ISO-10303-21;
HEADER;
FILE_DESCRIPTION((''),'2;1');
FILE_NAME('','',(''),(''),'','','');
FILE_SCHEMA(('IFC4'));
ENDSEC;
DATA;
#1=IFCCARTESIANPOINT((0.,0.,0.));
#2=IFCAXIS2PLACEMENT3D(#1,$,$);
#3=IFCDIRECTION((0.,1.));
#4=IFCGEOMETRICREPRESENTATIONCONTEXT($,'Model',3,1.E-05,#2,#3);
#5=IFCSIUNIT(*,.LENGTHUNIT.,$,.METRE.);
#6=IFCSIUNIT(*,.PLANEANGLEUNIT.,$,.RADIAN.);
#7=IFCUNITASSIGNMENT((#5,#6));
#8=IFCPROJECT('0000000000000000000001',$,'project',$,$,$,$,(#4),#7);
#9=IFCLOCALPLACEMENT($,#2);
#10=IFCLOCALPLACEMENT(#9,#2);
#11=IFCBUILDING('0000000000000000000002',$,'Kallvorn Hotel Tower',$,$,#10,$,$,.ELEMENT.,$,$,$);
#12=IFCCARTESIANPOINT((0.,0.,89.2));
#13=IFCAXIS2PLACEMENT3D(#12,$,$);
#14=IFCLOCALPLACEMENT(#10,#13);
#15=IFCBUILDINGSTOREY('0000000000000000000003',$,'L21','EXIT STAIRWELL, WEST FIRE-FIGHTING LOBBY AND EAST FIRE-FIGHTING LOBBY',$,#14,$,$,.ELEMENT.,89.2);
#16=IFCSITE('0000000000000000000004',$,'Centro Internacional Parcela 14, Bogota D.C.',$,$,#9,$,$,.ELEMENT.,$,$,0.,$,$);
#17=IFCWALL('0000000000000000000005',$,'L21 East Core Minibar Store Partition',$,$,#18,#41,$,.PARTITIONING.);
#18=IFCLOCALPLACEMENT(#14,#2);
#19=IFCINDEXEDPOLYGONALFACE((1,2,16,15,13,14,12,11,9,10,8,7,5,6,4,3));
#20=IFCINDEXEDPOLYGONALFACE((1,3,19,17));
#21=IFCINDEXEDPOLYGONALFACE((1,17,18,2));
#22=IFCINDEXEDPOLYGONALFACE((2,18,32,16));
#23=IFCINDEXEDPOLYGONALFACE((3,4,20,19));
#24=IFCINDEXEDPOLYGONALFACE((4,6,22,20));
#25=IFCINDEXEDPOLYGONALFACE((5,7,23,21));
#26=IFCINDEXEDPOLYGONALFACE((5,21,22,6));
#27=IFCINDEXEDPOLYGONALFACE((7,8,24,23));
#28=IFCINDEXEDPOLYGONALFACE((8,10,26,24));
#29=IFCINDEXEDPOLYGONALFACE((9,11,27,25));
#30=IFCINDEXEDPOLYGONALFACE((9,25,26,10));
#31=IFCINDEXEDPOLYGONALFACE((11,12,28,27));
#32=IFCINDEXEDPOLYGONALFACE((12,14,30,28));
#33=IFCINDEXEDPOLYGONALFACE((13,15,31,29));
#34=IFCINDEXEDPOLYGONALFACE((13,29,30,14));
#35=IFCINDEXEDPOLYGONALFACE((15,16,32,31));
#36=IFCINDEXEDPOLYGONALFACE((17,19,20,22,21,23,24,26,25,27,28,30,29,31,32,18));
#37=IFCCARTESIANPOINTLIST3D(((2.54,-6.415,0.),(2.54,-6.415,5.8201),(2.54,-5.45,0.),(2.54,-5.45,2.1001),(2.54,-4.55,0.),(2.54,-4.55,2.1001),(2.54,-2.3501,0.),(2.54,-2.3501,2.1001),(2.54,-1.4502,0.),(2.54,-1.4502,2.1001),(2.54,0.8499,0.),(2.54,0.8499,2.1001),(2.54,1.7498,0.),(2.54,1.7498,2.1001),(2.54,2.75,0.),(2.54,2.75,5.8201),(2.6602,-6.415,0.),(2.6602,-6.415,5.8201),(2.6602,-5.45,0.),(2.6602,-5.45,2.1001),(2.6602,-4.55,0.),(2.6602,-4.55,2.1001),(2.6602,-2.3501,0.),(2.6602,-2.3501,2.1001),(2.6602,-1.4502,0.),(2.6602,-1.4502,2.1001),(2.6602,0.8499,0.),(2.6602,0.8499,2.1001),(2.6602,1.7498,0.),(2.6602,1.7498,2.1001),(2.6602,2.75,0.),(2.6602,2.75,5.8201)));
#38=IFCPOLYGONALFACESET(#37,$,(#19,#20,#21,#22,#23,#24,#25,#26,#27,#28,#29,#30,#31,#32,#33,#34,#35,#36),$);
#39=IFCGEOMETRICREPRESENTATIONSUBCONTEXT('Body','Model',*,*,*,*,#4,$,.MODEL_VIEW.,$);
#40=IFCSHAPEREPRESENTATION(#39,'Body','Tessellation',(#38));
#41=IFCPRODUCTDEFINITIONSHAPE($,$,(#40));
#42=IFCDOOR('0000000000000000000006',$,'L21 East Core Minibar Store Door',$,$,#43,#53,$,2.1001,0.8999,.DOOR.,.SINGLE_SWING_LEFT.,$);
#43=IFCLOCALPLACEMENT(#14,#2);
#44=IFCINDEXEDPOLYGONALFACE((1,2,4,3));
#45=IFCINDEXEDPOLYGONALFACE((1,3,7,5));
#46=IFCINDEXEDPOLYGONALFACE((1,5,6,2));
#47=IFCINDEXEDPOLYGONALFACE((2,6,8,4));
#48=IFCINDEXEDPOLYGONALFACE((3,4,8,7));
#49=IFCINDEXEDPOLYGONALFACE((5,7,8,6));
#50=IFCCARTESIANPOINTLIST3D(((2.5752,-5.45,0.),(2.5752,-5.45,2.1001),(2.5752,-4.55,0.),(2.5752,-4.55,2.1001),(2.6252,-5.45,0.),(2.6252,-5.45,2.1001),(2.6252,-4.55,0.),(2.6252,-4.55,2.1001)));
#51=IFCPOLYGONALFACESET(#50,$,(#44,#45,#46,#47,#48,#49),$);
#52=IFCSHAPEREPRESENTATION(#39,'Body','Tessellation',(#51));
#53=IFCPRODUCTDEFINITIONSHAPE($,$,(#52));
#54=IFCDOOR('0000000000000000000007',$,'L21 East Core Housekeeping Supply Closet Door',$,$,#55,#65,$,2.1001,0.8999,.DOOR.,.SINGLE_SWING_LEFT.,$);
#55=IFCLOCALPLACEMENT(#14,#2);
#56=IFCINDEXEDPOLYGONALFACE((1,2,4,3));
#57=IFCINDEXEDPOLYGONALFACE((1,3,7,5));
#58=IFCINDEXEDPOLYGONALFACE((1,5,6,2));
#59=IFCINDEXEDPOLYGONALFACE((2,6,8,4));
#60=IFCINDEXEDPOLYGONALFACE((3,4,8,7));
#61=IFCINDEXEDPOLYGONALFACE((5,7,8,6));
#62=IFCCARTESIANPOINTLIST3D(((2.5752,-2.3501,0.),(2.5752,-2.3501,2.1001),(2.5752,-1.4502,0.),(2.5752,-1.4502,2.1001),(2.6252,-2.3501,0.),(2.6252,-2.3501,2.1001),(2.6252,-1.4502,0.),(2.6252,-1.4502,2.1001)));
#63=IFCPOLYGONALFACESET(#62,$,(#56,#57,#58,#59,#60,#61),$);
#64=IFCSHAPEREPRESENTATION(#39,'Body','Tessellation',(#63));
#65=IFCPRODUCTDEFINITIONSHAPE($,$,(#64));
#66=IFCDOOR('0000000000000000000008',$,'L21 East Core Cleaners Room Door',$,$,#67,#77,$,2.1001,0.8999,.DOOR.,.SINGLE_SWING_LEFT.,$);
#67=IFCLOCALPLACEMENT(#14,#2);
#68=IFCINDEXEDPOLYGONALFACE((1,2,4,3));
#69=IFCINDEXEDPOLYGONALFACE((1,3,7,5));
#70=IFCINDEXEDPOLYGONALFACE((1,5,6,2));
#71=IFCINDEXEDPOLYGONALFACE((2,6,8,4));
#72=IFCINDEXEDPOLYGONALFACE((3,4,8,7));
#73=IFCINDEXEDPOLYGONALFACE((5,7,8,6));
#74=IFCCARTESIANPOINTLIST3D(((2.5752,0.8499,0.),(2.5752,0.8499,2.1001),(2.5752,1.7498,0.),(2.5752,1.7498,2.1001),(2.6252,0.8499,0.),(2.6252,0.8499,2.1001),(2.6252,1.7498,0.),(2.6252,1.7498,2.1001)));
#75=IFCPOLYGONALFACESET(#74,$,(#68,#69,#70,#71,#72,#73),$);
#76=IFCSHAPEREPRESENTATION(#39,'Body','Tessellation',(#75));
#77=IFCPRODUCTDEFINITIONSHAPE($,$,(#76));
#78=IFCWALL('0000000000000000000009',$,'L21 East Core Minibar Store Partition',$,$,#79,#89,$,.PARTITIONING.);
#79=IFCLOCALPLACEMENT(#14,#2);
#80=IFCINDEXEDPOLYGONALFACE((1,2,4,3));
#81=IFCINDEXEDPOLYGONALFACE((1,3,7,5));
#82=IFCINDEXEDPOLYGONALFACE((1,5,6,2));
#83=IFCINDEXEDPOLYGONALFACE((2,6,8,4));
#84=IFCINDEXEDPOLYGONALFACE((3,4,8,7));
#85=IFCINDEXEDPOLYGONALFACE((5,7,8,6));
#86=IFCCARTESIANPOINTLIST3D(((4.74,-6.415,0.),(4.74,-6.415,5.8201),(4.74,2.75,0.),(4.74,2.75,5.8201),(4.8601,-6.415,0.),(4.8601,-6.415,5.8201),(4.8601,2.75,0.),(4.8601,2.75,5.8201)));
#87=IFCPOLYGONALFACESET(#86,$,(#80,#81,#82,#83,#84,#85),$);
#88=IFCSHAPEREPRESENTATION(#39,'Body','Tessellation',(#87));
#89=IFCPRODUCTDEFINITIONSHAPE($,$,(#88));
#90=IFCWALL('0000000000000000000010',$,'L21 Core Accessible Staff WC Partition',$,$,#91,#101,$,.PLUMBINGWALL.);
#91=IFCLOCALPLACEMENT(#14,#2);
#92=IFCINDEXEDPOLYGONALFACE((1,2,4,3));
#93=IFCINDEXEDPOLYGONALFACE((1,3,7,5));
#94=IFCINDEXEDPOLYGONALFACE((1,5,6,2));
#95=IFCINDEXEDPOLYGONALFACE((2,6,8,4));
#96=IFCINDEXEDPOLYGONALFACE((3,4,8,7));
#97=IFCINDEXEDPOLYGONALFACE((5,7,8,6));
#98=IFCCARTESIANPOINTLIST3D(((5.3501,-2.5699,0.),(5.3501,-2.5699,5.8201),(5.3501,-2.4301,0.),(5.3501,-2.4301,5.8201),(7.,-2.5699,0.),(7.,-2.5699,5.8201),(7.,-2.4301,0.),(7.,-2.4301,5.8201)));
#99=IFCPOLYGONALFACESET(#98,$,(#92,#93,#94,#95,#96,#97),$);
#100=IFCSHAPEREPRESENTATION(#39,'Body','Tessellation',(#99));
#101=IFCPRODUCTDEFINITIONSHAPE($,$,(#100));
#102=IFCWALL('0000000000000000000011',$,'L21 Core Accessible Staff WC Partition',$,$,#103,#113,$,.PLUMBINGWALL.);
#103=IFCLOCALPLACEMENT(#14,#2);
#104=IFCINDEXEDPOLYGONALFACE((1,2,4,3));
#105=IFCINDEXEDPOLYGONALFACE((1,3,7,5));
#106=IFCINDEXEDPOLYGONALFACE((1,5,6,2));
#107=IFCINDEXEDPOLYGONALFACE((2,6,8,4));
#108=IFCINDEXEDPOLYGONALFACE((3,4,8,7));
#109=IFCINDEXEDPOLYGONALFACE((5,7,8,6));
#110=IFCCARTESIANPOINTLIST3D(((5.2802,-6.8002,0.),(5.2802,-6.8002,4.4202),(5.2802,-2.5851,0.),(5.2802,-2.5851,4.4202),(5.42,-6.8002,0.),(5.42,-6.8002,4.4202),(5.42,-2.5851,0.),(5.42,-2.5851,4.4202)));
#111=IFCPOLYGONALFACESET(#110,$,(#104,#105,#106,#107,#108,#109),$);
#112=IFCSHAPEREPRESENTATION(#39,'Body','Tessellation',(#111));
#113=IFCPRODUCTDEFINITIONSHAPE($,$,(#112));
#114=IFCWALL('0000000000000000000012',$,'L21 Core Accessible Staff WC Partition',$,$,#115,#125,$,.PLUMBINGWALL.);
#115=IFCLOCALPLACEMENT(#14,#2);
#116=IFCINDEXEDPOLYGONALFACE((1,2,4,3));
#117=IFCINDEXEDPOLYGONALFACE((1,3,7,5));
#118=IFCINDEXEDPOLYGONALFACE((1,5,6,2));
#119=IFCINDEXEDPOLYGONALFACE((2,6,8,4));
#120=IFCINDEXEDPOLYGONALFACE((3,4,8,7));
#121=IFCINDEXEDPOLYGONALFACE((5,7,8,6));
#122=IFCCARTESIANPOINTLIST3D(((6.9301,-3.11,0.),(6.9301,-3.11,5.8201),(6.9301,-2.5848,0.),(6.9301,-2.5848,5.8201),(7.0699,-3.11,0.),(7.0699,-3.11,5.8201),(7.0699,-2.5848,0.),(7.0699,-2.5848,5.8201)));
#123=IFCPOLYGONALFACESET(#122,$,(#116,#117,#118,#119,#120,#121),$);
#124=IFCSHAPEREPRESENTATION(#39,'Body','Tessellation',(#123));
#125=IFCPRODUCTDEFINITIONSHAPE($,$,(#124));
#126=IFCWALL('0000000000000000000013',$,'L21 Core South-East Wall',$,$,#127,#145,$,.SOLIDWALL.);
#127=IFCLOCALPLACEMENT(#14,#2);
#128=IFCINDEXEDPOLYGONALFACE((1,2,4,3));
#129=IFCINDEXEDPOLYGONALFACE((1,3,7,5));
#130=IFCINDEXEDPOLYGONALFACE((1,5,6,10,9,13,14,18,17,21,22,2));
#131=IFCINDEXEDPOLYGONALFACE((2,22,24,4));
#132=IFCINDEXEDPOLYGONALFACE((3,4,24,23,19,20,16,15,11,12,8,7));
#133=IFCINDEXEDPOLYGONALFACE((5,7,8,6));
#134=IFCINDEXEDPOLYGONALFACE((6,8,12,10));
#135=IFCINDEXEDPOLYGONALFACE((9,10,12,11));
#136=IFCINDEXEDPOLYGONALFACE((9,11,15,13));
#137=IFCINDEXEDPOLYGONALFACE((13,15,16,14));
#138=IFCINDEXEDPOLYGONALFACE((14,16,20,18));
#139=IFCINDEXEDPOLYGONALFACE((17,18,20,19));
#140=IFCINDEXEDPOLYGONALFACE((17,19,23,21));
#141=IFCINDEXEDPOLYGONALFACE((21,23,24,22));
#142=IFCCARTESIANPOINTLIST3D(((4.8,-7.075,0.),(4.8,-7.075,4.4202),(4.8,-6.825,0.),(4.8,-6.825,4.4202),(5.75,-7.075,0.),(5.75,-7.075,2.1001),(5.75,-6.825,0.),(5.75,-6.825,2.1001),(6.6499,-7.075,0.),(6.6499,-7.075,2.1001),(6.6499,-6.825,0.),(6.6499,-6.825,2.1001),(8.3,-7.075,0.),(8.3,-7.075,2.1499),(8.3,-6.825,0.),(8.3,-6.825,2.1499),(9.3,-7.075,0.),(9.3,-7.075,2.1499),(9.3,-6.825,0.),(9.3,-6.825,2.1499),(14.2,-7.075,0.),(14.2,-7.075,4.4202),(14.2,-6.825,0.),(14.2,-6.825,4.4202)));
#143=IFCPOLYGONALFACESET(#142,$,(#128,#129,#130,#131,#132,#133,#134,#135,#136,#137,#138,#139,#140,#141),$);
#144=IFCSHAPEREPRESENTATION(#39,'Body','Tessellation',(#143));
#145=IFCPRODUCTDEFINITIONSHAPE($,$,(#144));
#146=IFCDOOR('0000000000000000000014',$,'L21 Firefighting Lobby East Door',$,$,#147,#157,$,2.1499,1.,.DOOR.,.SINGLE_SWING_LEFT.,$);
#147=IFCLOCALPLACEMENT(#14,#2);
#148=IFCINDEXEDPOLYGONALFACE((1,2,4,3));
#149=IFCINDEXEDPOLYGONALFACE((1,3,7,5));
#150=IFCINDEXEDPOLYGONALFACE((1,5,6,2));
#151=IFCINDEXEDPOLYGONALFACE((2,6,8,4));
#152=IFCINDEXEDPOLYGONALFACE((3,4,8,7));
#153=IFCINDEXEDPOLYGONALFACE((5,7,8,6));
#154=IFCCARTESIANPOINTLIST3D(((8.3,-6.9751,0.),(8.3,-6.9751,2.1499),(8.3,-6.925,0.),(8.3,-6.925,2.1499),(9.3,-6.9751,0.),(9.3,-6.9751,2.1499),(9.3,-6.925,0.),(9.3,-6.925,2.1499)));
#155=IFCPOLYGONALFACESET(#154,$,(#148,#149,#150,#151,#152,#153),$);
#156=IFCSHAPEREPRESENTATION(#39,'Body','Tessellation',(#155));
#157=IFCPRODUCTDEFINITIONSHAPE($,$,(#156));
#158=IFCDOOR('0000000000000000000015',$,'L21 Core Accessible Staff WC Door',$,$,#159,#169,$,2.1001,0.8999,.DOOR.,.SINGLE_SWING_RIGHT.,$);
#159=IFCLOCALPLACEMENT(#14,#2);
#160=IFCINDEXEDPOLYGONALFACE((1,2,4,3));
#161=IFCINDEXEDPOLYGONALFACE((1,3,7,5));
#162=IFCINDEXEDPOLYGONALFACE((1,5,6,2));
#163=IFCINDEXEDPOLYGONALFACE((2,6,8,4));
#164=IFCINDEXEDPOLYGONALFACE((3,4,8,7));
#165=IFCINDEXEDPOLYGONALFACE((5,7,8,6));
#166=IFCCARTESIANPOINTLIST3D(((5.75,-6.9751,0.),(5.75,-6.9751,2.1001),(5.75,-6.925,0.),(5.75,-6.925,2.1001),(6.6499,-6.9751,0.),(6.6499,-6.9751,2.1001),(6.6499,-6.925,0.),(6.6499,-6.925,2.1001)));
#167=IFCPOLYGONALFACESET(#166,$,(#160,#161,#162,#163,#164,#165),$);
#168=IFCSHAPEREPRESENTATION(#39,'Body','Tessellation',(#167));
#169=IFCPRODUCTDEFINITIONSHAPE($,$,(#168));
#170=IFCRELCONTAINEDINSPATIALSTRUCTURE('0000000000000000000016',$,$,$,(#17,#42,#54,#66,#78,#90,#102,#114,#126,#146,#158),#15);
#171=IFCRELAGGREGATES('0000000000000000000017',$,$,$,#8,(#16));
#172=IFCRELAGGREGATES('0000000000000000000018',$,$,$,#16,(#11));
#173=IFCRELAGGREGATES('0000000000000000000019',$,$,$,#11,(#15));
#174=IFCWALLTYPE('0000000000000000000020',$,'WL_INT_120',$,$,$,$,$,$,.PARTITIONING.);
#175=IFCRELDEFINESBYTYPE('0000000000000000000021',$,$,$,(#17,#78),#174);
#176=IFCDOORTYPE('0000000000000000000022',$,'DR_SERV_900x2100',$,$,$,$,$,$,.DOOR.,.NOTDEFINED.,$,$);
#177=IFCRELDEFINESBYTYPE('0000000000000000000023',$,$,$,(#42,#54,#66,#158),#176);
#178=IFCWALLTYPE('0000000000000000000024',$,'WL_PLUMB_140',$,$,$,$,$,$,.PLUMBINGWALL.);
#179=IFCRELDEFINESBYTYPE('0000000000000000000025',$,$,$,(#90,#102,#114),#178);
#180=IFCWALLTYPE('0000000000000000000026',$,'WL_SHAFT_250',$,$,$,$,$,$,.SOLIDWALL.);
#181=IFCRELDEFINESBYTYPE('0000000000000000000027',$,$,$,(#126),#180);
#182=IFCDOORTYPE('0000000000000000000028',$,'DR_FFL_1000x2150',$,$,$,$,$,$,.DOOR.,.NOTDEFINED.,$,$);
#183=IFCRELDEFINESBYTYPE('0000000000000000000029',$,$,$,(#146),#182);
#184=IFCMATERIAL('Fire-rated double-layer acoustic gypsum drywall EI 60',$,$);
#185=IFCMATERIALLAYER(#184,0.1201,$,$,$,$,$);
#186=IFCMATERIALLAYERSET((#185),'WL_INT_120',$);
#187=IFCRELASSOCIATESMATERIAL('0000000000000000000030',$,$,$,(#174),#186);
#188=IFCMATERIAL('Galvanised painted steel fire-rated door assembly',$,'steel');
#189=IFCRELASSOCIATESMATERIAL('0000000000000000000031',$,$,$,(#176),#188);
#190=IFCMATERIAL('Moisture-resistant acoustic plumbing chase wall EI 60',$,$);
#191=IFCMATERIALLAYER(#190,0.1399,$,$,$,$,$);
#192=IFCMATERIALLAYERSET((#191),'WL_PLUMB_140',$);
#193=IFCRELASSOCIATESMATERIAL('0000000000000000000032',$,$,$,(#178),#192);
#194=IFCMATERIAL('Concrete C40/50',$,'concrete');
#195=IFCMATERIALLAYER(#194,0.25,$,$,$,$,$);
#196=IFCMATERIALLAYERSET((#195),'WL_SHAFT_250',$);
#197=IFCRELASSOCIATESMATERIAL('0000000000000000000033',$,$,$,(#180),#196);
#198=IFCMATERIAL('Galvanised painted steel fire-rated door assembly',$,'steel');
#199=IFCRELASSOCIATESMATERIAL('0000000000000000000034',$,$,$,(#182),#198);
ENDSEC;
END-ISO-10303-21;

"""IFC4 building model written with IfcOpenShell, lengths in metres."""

from ifc_helpers import new_model, si_unit, direction, frame, frame_2d, origin, place, context, subcontext, project, spatial, rectangle, extrude, material, layer, layer_set, type_object, element, fill, save


model = new_model("IFC4")

# Units and contexts
model_context = context("Model", 3, precision=1e-05, world=origin(), true_north=direction((0.0, 1.0)))
body_context = subcontext(model_context, "Body", "Model", "MODEL_VIEW")
ifc_project = project(units=[si_unit("LENGTHUNIT", "METRE"), si_unit("PLANEANGLEUNIT", "RADIAN")], contexts=[model_context])

# Site, building, storey
site_placement = place(None, origin())
site = spatial("IfcSite", under=ifc_project, at=site_placement, Name="Centro Internacional Parcela 14, Bogota D.C.", CompositionType="ELEMENT", RefElevation=0.0)
building_placement = place(site_placement, origin())
building = spatial("IfcBuilding", under=site, at=building_placement, Name="Kallvorn Hotel Tower", CompositionType="ELEMENT")
storey_placement = place(building_placement, frame((0.0, 0.0, 89.2)))
storey = spatial("IfcBuildingStorey", under=building, at=storey_placement, Name="L21", Description="EXIT STAIRWELL, WEST FIRE-FIGHTING LOBBY AND EAST FIRE-FIGHTING LOBBY", CompositionType="ELEMENT", Elevation=89.2)

# Shared definitions
ifc_material_1 = material(Name="Fire-rated double-layer acoustic gypsum drywall EI 60")
ifc_layer_1 = layer(ifc_material_1, 0.1201)
ifc_layer_set_1 = layer_set([ifc_layer_1], Name="WL_INT_120")
wall_type_1 = type_object("IfcWallType", Name="WL_INT_120", PredefinedType="PARTITIONING", material=ifc_layer_set_1)

# Wall, openings, doors
wall_1_placement = place(storey_placement, frame((2.6001, -6.415, 0.0), z_axis=(0.0, 0.0, 1.0), x_axis=(0.0, 1.0, 0.0)))
wall_1 = element("IfcWall", 1, at=wall_1_placement, inside=storey, type_object=wall_type_1, Name="L21 East Core Minibar Store Partition", PredefinedType="PARTITIONING", context=body_context, shape_type="SweptSolid", body=[
    extrude(rectangle(XDim=9.165, YDim=0.1201, at=frame_2d((4.5825, 0.0))), origin(), (0.0, 0.0, 1.0), 5.8201),
])
opening_1_placement = place(wall_1_placement, frame((0.9651, 0.0, 0.0)))
opening_1 = element("IfcOpeningElement", 2, at=opening_1_placement, cuts=wall_1, PredefinedType="OPENING", context=body_context, shape_type="SweptSolid", body=[
    extrude(rectangle(XDim=0.8999, YDim=2.1001, at=frame_2d((0.45, 1.05))), frame((0.0, 0.075, 0.0), z_axis=(0.0, -1.0, 0.0), x_axis=(1.0, 0.0, 0.0)), (0.0, 0.0, 1.0), 0.1501),
])
opening_2_placement = place(wall_1_placement, frame((4.0649, 0.0, 0.0)))
opening_2 = element("IfcOpeningElement", 3, at=opening_2_placement, cuts=wall_1, PredefinedType="OPENING", context=body_context, shape_type="SweptSolid", body=[
    extrude(rectangle(XDim=0.8999, YDim=2.1001, at=frame_2d((0.45, 1.05))), frame((0.0, 0.075, 0.0), z_axis=(0.0, -1.0, 0.0), x_axis=(1.0, 0.0, 0.0)), (0.0, 0.0, 1.0), 0.1501),
])
opening_3_placement = place(wall_1_placement, frame((7.2649, 0.0, 0.0)))
opening_3 = element("IfcOpeningElement", 4, at=opening_3_placement, cuts=wall_1, PredefinedType="OPENING", context=body_context, shape_type="SweptSolid", body=[
    extrude(rectangle(XDim=0.8999, YDim=2.1001, at=frame_2d((0.45, 1.05))), frame((0.0, 0.075, 0.0), z_axis=(0.0, -1.0, 0.0), x_axis=(1.0, 0.0, 0.0)), (0.0, 0.0, 1.0), 0.1501),
])
ifc_material_2 = material(Name="Galvanised painted steel fire-rated door assembly", Category="steel")
door_type_1 = type_object("IfcDoorType", Name="DR_SERV_900x2100", OperationType="NOTDEFINED", PredefinedType="DOOR", material=ifc_material_2)
door_1_placement = place(opening_1_placement, origin())
door_1 = element("IfcDoor", 5, at=door_1_placement, inside=storey, type_object=door_type_1, Name="L21 East Core Minibar Store Door", OperationType="SINGLE_SWING_LEFT", OverallHeight=2.1001, OverallWidth=0.8999, PredefinedType="DOOR", context=body_context, shape_type="SweptSolid", body=[
    extrude(rectangle(XDim=0.8999, YDim=2.1001, at=frame_2d((0.45, 1.05))), frame((0.0, 0.0249, 0.0), z_axis=(0.0, -1.0, 0.0), x_axis=(1.0, 0.0, 0.0)), (0.0, 0.0, 1.0), 0.05),
])
fill(opening_1, door_1)
door_2_placement = place(opening_2_placement, origin())
door_2 = element("IfcDoor", 6, at=door_2_placement, inside=storey, type_object=door_type_1, Name="L21 East Core Housekeeping Supply Closet Door", OperationType="SINGLE_SWING_LEFT", OverallHeight=2.1001, OverallWidth=0.8999, PredefinedType="DOOR", context=body_context, shape_type="SweptSolid", body=[
    extrude(rectangle(XDim=0.8999, YDim=2.1001, at=frame_2d((0.45, 1.05))), frame((0.0, 0.0249, 0.0), z_axis=(0.0, -1.0, 0.0), x_axis=(1.0, 0.0, 0.0)), (0.0, 0.0, 1.0), 0.05),
])
fill(opening_2, door_2)
door_3_placement = place(opening_3_placement, origin())
door_3 = element("IfcDoor", 7, at=door_3_placement, inside=storey, type_object=door_type_1, Name="L21 East Core Cleaners Room Door", OperationType="SINGLE_SWING_LEFT", OverallHeight=2.1001, OverallWidth=0.8999, PredefinedType="DOOR", context=body_context, shape_type="SweptSolid", body=[
    extrude(rectangle(XDim=0.8999, YDim=2.1001, at=frame_2d((0.45, 1.05))), frame((0.0, 0.0249, 0.0), z_axis=(0.0, -1.0, 0.0), x_axis=(1.0, 0.0, 0.0)), (0.0, 0.0, 1.0), 0.05),
])
fill(opening_3, door_3)

# Walls
wall_2_placement = place(storey_placement, frame((4.8, -6.415, 0.0), z_axis=(0.0, 0.0, 1.0), x_axis=(0.0, 1.0, 0.0)))
element("IfcWall", 8, at=wall_2_placement, inside=storey, type_object=wall_type_1, Name="L21 East Core Minibar Store Partition", PredefinedType="PARTITIONING", context=body_context, shape_type="SweptSolid", body=[
    extrude(rectangle(XDim=9.165, YDim=0.1201, at=frame_2d((4.5825, 0.0))), origin(), (0.0, 0.0, 1.0), 5.8201),
])
ifc_material_3 = material(Name="Moisture-resistant acoustic plumbing chase wall EI 60")
ifc_layer_2 = layer(ifc_material_3, 0.1399)
ifc_layer_set_2 = layer_set([ifc_layer_2], Name="WL_PLUMB_140")
wall_type_2 = type_object("IfcWallType", Name="WL_PLUMB_140", PredefinedType="PLUMBINGWALL", material=ifc_layer_set_2)
wall_3_placement = place(storey_placement, frame((5.3501, -2.5, 0.0), z_axis=(0.0, 0.0, 1.0), x_axis=(1.0, 0.0, 0.0)))
element("IfcWall", 9, at=wall_3_placement, inside=storey, type_object=wall_type_2, Name="L21 Core Accessible Staff WC Partition", PredefinedType="PLUMBINGWALL", context=body_context, shape_type="SweptSolid", body=[
    extrude(rectangle(XDim=1.6499, YDim=0.1399, at=frame_2d((0.825, 0.0))), origin(), (0.0, 0.0, 1.0), 5.8201),
])
wall_4_placement = place(storey_placement, frame((5.3501, -6.8, 0.0), z_axis=(0.0, 0.0, 1.0), x_axis=(0.0, 1.0, 0.0)))
element("IfcWall", 10, at=wall_4_placement, inside=storey, type_object=wall_type_2, Name="L21 Core Accessible Staff WC Partition", PredefinedType="PLUMBINGWALL", context=body_context, shape_type="SweptSolid", body=[
    extrude(rectangle(XDim=4.2151, YDim=0.1399, at=frame_2d((2.1074, 0.0))), origin(), (0.0, 0.0, 1.0), 4.4202),
])
wall_5_placement = place(storey_placement, frame((7.0, -3.1101, 0.0), z_axis=(0.0, 0.0, 1.0), x_axis=(0.0, 1.0, 0.0)))
element("IfcWall", 11, at=wall_5_placement, inside=storey, type_object=wall_type_2, Name="L21 Core Accessible Staff WC Partition", PredefinedType="PLUMBINGWALL", context=body_context, shape_type="SweptSolid", body=[
    extrude(rectangle(XDim=0.5251, YDim=0.1399, at=frame_2d((0.2627, 0.0))), origin(), (0.0, 0.0, 1.0), 5.8201),
])

# Wall, openings, doors
ifc_material_4 = material(Name="Concrete C40/50", Category="concrete")
ifc_layer_3 = layer(ifc_material_4, 0.25)
ifc_layer_set_3 = layer_set([ifc_layer_3], Name="WL_SHAFT_250")
wall_type_3 = type_object("IfcWallType", Name="WL_SHAFT_250", PredefinedType="SOLIDWALL", material=ifc_layer_set_3)
wall_6_placement = place(storey_placement, frame((4.8, -6.95, 0.0), z_axis=(0.0, 0.0, 1.0), x_axis=(1.0, 0.0, 0.0)))
wall_6 = element("IfcWall", 12, at=wall_6_placement, inside=storey, type_object=wall_type_3, Name="L21 Core South-East Wall", PredefinedType="SOLIDWALL", context=body_context, shape_type="SweptSolid", body=[
    extrude(rectangle(XDim=9.3999, YDim=0.25, at=frame_2d((4.7, 0.0))), origin(), (0.0, 0.0, 1.0), 4.4202),
])
opening_4_placement = place(wall_6_placement, frame((3.5, 0.0, 0.0)))
opening_4 = element("IfcOpeningElement", 13, at=opening_4_placement, cuts=wall_6, PredefinedType="OPENING", context=body_context, shape_type="SweptSolid", body=[
    extrude(rectangle(XDim=1.0, YDim=2.1499, at=frame_2d((0.5, 1.075))), frame((0.0, 0.1399, 0.0), z_axis=(0.0, -1.0, 0.0), x_axis=(1.0, 0.0, 0.0)), (0.0, 0.0, 1.0), 0.28),
])
opening_5_placement = place(wall_6_placement, frame((0.95, 0.0, 0.0)))
opening_5 = element("IfcOpeningElement", 14, at=opening_5_placement, cuts=wall_6, PredefinedType="OPENING", context=body_context, shape_type="SweptSolid", body=[
    extrude(rectangle(XDim=0.8999, YDim=2.1001, at=frame_2d((0.45, 1.05))), frame((0.0, 0.1399, 0.0), z_axis=(0.0, -1.0, 0.0), x_axis=(1.0, 0.0, 0.0)), (0.0, 0.0, 1.0), 0.28),
])
ifc_material_5 = material(Name="Galvanised painted steel fire-rated door assembly", Category="steel")
door_type_2 = type_object("IfcDoorType", Name="DR_FFL_1000x2150", OperationType="NOTDEFINED", PredefinedType="DOOR", material=ifc_material_5)
door_4_placement = place(opening_4_placement, origin())
door_4 = element("IfcDoor", 15, at=door_4_placement, inside=storey, type_object=door_type_2, Name="L21 Firefighting Lobby East Door", OperationType="SINGLE_SWING_LEFT", OverallHeight=2.1499, OverallWidth=1.0, PredefinedType="DOOR", context=body_context, shape_type="SweptSolid", body=[
    extrude(rectangle(XDim=1.0, YDim=2.1499, at=frame_2d((0.5, 1.075))), frame((0.0, 0.0249, 0.0), z_axis=(0.0, -1.0, 0.0), x_axis=(1.0, 0.0, 0.0)), (0.0, 0.0, 1.0), 0.05),
])
fill(opening_4, door_4)
door_5_placement = place(opening_5_placement, origin())
door_5 = element("IfcDoor", 16, at=door_5_placement, inside=storey, type_object=door_type_1, Name="L21 Core Accessible Staff WC Door", OperationType="SINGLE_SWING_RIGHT", OverallHeight=2.1001, OverallWidth=0.8999, PredefinedType="DOOR", context=body_context, shape_type="SweptSolid", body=[
    extrude(rectangle(XDim=0.8999, YDim=2.1001, at=frame_2d((0.45, 1.05))), frame((0.0, 0.0249, 0.0), z_axis=(0.0, -1.0, 0.0), x_axis=(1.0, 0.0, 0.0)), (0.0, 0.0, 1.0), 0.05),
])
fill(opening_5, door_5)

save(model, "model.ifc")
